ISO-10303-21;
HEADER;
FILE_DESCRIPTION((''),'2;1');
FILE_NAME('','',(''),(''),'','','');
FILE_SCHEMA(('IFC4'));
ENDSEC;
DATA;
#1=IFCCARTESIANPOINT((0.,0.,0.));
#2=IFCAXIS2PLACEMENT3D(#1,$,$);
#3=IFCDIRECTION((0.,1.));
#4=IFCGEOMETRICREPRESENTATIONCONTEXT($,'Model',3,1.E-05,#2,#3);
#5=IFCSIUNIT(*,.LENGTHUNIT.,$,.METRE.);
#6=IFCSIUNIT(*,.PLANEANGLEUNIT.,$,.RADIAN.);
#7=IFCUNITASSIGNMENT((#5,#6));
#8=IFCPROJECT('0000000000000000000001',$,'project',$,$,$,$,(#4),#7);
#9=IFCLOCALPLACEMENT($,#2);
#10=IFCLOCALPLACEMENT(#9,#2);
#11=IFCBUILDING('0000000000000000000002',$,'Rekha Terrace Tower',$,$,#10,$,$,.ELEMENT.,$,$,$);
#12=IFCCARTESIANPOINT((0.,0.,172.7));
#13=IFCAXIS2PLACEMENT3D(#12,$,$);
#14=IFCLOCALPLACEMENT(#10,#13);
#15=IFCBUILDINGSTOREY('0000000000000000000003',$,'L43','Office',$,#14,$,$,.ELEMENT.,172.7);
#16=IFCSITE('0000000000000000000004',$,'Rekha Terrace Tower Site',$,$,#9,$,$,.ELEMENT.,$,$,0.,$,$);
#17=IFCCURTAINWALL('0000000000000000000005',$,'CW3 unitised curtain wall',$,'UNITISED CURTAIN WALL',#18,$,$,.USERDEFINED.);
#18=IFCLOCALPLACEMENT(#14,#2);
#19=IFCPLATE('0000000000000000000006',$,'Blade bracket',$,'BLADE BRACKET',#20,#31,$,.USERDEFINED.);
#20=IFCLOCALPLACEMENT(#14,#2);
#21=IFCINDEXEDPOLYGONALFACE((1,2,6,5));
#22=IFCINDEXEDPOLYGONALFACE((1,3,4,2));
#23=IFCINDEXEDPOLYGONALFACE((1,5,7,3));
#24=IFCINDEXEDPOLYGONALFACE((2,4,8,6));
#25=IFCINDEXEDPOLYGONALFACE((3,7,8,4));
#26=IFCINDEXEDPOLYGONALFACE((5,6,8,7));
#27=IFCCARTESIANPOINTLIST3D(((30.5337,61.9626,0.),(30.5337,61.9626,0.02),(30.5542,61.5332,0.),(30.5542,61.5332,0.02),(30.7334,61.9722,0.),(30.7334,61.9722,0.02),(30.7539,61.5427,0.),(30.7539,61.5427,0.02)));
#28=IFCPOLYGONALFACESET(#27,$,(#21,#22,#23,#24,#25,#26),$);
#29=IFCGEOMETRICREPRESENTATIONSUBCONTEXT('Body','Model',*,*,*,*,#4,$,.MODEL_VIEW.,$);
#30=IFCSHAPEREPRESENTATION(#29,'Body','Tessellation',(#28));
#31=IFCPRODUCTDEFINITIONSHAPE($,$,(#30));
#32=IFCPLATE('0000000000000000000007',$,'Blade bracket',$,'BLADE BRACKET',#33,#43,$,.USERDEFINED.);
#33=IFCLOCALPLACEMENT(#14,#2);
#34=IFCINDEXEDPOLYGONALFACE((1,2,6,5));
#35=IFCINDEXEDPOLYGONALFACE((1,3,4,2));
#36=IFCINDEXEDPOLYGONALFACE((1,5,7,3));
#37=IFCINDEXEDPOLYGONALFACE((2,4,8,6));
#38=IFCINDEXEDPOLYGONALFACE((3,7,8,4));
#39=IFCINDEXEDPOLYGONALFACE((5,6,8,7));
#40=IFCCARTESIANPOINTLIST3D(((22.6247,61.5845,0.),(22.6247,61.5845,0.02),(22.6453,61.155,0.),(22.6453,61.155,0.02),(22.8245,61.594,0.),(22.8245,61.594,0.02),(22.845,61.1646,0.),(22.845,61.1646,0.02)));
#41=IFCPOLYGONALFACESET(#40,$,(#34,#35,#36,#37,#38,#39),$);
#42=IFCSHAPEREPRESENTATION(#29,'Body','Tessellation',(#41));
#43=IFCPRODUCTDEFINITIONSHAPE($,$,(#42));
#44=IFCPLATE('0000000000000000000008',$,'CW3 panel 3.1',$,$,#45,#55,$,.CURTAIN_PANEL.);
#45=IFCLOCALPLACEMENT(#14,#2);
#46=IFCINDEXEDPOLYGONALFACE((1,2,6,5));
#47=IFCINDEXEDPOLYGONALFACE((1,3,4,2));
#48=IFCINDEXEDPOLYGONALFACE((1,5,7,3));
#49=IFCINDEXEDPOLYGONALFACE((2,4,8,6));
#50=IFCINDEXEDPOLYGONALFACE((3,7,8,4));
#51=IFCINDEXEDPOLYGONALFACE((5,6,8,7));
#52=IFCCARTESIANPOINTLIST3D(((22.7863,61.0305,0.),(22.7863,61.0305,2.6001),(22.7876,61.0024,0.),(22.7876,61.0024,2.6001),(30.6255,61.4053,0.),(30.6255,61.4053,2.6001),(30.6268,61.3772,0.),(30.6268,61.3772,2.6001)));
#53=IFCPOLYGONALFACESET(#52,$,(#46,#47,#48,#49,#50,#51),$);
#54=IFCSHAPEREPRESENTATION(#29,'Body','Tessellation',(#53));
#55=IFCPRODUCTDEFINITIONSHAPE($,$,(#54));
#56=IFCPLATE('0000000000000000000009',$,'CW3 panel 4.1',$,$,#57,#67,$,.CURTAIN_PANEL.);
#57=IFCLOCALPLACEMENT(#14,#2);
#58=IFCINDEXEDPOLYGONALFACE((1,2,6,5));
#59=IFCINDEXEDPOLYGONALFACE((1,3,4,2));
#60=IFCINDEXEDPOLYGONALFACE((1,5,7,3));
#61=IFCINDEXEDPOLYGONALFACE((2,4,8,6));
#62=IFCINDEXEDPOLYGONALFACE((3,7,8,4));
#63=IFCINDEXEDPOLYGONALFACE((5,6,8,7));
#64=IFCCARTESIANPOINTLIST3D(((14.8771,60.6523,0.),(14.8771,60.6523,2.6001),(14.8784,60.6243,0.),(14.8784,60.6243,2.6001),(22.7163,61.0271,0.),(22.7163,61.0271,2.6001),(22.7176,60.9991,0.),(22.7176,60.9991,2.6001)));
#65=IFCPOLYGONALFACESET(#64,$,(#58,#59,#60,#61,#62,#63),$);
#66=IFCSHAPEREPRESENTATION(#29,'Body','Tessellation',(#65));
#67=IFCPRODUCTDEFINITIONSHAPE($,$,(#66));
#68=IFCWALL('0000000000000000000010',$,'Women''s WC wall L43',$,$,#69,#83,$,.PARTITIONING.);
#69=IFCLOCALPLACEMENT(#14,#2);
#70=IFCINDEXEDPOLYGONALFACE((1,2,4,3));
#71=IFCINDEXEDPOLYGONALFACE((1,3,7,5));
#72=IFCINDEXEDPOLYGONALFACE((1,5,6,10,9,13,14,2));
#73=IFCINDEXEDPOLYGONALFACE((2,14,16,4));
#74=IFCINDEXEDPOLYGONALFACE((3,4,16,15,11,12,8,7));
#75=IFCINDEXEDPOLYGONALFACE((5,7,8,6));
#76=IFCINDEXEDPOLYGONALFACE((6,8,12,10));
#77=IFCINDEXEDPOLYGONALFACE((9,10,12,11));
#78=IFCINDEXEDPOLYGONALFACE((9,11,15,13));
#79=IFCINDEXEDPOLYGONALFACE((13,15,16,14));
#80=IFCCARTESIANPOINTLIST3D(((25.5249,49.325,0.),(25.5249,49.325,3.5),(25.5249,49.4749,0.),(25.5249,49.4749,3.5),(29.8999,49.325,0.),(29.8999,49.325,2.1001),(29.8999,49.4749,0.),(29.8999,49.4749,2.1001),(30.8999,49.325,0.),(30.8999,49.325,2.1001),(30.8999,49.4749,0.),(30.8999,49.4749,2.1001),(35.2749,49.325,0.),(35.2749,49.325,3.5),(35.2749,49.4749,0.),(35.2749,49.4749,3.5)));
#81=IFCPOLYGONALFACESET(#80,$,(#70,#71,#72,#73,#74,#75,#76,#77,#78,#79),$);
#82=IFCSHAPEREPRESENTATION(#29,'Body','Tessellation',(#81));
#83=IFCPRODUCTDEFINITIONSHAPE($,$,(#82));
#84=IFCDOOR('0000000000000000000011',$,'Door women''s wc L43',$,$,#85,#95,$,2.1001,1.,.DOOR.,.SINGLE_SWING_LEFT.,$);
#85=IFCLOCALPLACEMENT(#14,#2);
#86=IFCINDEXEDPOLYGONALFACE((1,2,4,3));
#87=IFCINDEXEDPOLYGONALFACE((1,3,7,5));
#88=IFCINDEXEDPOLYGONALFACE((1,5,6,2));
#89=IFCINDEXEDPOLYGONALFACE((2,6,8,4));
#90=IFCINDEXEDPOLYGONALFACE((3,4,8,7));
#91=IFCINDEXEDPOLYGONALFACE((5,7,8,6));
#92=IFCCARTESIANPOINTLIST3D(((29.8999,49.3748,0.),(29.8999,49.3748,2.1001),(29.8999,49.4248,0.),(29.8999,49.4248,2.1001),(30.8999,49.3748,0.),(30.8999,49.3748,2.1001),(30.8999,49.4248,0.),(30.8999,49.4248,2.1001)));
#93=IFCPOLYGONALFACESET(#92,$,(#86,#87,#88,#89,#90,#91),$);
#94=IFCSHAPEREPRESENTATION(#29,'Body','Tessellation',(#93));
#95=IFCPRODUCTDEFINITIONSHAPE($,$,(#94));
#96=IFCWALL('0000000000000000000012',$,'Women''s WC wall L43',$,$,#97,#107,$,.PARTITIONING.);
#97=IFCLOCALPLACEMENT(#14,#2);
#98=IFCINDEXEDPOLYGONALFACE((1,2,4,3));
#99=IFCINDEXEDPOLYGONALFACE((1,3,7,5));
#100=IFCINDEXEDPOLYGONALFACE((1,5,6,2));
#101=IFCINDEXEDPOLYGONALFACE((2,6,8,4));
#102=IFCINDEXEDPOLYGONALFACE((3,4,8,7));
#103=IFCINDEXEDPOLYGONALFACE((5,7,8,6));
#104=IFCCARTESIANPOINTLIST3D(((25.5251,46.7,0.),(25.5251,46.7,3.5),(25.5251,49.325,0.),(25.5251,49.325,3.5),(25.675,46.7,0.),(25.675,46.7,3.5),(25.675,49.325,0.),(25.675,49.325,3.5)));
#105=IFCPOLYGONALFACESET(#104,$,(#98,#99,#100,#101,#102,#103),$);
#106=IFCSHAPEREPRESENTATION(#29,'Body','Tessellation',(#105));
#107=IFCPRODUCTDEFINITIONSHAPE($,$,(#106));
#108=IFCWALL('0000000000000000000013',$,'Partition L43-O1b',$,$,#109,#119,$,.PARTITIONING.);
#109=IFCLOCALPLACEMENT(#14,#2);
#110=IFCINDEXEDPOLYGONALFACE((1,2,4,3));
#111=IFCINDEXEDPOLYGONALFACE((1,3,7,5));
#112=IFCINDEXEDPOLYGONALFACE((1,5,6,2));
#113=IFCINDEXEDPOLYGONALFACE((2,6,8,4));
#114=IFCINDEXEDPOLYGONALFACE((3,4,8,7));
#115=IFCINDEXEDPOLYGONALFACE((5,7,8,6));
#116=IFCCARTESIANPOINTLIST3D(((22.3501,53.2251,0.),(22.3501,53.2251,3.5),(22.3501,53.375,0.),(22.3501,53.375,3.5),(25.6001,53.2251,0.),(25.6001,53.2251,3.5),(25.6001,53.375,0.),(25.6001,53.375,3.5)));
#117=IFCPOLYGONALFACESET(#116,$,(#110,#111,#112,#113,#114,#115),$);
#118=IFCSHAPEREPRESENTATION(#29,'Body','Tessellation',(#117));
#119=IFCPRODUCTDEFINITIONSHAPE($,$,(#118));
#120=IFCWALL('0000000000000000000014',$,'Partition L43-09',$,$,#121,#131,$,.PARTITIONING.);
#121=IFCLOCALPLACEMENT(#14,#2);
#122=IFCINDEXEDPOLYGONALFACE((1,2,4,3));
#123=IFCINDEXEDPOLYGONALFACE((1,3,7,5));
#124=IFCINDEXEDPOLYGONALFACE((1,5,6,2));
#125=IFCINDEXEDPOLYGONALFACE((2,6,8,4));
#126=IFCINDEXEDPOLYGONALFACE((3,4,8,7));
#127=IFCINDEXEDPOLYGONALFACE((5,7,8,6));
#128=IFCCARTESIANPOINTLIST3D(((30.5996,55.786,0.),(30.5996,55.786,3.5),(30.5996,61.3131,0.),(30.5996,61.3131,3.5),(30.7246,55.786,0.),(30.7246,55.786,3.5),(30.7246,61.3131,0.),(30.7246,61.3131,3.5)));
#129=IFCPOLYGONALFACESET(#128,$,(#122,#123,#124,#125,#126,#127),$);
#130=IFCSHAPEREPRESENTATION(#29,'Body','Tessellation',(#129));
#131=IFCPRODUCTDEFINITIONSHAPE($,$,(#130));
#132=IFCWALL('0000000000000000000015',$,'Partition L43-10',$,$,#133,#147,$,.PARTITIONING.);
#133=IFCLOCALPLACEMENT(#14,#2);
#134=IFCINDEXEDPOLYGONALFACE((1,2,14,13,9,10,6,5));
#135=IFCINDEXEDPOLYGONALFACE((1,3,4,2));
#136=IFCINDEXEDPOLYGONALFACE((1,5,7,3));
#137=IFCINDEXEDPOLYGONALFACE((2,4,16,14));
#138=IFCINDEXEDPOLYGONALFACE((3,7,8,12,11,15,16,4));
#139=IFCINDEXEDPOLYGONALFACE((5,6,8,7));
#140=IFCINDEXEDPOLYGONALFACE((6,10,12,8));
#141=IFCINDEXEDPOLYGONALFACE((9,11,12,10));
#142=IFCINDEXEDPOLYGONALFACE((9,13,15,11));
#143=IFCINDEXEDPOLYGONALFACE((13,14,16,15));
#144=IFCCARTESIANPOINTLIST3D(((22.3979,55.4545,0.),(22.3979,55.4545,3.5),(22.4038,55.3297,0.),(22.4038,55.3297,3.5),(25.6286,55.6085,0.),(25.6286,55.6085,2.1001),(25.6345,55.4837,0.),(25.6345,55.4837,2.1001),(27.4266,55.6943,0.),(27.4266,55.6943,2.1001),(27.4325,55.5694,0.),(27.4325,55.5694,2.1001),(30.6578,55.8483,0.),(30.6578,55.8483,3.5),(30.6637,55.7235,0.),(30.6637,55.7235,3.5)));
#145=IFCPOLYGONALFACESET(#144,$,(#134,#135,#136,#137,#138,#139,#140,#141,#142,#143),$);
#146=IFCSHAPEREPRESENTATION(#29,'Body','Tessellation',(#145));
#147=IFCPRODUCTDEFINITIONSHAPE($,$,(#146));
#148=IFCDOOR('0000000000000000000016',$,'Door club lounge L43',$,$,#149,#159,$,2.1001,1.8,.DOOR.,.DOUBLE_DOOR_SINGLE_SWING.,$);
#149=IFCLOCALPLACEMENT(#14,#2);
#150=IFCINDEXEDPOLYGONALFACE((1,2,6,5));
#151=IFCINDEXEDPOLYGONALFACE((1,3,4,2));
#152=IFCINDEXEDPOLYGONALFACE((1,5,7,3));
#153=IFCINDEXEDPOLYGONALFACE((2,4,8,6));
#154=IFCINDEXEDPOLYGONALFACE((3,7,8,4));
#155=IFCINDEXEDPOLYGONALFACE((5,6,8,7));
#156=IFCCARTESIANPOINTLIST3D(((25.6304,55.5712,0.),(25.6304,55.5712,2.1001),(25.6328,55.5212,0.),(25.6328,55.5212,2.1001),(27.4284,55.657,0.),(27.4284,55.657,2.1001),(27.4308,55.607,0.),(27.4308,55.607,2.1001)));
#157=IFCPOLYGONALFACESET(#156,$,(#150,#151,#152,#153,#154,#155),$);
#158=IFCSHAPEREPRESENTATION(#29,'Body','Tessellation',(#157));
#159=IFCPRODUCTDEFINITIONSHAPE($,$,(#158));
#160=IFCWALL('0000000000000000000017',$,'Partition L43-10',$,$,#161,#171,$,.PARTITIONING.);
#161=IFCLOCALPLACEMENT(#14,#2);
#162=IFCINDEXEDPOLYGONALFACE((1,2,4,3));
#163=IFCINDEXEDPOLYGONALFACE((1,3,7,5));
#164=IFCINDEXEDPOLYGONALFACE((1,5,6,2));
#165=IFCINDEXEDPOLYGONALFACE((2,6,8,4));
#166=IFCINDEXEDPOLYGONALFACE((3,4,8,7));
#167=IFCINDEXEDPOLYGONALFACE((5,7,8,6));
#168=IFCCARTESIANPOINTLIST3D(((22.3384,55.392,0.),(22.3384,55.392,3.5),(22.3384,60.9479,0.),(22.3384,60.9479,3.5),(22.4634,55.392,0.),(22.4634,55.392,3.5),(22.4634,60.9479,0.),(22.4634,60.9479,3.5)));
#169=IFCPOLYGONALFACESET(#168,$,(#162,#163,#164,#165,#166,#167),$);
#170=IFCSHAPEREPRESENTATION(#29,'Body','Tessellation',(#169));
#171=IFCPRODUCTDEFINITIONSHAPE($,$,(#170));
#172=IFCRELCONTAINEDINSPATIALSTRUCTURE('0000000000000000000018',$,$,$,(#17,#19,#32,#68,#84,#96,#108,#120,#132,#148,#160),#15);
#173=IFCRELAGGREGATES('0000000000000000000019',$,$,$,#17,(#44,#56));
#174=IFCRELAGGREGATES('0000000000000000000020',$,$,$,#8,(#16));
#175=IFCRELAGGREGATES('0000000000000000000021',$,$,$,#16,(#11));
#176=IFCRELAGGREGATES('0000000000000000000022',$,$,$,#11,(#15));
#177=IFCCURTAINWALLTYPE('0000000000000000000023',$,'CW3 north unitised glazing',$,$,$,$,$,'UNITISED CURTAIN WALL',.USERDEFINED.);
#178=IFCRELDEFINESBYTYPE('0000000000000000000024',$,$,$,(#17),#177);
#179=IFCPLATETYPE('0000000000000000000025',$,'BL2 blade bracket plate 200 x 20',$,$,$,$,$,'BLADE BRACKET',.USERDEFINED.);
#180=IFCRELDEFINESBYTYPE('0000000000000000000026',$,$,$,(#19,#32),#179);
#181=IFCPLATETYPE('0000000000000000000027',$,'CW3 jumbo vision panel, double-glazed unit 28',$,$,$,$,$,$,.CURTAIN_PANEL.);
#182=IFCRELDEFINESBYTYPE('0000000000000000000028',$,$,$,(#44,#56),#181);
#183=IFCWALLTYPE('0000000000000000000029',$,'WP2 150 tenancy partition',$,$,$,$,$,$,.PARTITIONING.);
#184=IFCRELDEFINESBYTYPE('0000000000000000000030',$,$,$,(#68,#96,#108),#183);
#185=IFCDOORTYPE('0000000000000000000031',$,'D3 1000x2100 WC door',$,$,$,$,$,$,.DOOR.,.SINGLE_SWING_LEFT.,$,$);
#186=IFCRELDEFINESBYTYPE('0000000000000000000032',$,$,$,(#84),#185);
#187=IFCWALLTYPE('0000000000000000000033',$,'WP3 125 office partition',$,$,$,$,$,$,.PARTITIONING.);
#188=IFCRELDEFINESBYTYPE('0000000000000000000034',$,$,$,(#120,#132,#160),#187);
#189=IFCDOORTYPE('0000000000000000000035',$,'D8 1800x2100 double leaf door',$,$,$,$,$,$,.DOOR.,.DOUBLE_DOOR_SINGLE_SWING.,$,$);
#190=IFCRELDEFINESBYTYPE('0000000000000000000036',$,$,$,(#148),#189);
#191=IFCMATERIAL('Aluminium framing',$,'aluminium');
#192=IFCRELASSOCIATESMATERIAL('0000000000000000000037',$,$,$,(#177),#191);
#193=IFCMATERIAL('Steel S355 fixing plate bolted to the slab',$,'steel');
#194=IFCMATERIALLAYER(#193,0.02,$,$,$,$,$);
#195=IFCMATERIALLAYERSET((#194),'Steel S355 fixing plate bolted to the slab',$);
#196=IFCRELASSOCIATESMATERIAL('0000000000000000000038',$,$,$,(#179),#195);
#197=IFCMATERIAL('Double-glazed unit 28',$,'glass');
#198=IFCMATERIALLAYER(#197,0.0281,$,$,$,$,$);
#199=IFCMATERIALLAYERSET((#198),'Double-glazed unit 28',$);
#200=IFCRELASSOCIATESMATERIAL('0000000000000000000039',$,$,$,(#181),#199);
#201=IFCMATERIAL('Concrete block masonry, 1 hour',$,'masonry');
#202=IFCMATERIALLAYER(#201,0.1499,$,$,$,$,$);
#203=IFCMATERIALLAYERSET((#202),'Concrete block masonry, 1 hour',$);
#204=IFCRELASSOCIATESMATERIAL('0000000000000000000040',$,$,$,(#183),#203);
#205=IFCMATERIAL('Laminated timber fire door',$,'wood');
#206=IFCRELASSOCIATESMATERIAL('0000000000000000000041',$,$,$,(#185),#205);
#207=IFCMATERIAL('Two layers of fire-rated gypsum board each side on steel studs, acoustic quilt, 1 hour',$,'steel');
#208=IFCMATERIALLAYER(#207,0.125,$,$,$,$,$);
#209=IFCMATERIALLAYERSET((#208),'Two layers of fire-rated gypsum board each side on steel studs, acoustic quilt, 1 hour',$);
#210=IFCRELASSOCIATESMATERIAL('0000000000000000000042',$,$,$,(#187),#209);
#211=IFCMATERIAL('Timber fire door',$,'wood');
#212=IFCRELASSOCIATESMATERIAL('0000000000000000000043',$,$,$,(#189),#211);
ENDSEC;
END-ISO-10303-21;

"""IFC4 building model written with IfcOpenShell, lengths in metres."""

from ifc_helpers import new_model, si_unit, direction, frame, frame_2d, origin, origin_2d, place, context, subcontext, project, spatial, rectangle, extrude, material, layer, layer_set, type_object, element, fill, aggregate, save


model = new_model("IFC4")

# Units and contexts
model_context = context("Model", 3, precision=1e-05, world=origin(), true_north=direction((0.0, 1.0)))
body_context = subcontext(model_context, "Body", "Model", "MODEL_VIEW")
ifc_project = project(units=[si_unit("LENGTHUNIT", "METRE"), si_unit("PLANEANGLEUNIT", "RADIAN")], contexts=[model_context])

# Site, building, storey
site_placement = place(None, origin())
site = spatial("IfcSite", under=ifc_project, at=site_placement, Name="Rekha Terrace Tower Site", CompositionType="ELEMENT", RefElevation=0.0)
building_placement = place(site_placement, origin())
building = spatial("IfcBuilding", under=site, at=building_placement, Name="Rekha Terrace Tower", CompositionType="ELEMENT")
storey_placement = place(building_placement, frame((0.0, 0.0, 172.7)))
storey = spatial("IfcBuildingStorey", under=building, at=storey_placement, Name="L43", Description="Office", CompositionType="ELEMENT", Elevation=172.7)

# Curtain wall
ifc_material_1 = material(Name="Aluminium framing", Category="aluminium")
curtain_wall_type = type_object("IfcCurtainWallType", Name="CW3 north unitised glazing", ElementType="UNITISED CURTAIN WALL", PredefinedType="USERDEFINED", material=ifc_material_1)
curtain_wall_placement = place(storey_placement, origin())
curtain_wall = element("IfcCurtainWall", 1, at=curtain_wall_placement, inside=storey, type_object=curtain_wall_type, Name="CW3 unitised curtain wall", ObjectType="UNITISED CURTAIN WALL", PredefinedType="USERDEFINED")

# Plates
ifc_material_2 = material(Name="Steel S355 fixing plate bolted to the slab", Category="steel")
ifc_layer_1 = layer(ifc_material_2, 0.02)
ifc_layer_set_1 = layer_set([ifc_layer_1], Name="Steel S355 fixing plate bolted to the slab")
plate_type_1 = type_object("IfcPlateType", Name="BL2 blade bracket plate 200 x 20", ElementType="BLADE BRACKET", PredefinedType="USERDEFINED", material=ifc_layer_set_1)
for number, where, z_axis, x_axis, name in (
    (2, (30.6438, 61.7527, 0.0), (0.0, 0.0, 1.0), (-0.047758, 0.998859, 0.0), "Blade bracket"),
    (3, (22.7349, 61.3745, 0.0), (0.0, 0.0, 1.0), (-0.047758, 0.998859, 0.0), "Blade bracket"),
):
    element("IfcPlate", number, at=place(storey_placement, frame(where, z_axis=z_axis, x_axis=x_axis)), inside=storey, type_object=plate_type_1, Name=name, ObjectType="BLADE BRACKET", PredefinedType="USERDEFINED", context=body_context, shape_type="SweptSolid", body=[
        extrude(rectangle(XDim=0.4299, YDim=0.2, at=origin_2d()), origin(), (0.0, 0.0, 1.0), 0.02),
    ])

# Plates
ifc_material_3 = material(Name="Double-glazed unit 28", Category="glass")
ifc_layer_2 = layer(ifc_material_3, 0.0281)
ifc_layer_set_2 = layer_set([ifc_layer_2], Name="Double-glazed unit 28")
plate_type_2 = type_object("IfcPlateType", Name="CW3 jumbo vision panel, double-glazed unit 28", PredefinedType="CURTAIN_PANEL", material=ifc_layer_set_2)
plate_1_placement = place(storey_placement, frame((26.7065, 61.2039, 0.0), z_axis=(0.0, 0.0, 1.0), x_axis=(-0.998859, -0.047759, 0.0)))
plate_1 = element("IfcPlate", 4, at=plate_1_placement, type_object=plate_type_2, Name="CW3 panel 3.1", PredefinedType="CURTAIN_PANEL", context=body_context, shape_type="SweptSolid", body=[
    extrude(rectangle(XDim=7.8481, YDim=0.0281, at=origin_2d()), origin(), (0.0, 0.0, 1.0), 2.6001),
])
plate_2_placement = place(storey_placement, frame((18.7974, 60.8257, 0.0), z_axis=(0.0, 0.0, 1.0), x_axis=(-0.998859, -0.047759, 0.0)))
plate_2 = element("IfcPlate", 5, at=plate_2_placement, type_object=plate_type_2, Name="CW3 panel 4.1", PredefinedType="CURTAIN_PANEL", context=body_context, shape_type="SweptSolid", body=[
    extrude(rectangle(XDim=7.8481, YDim=0.0281, at=origin_2d()), origin(), (0.0, 0.0, 1.0), 2.6001),
])
aggregate(curtain_wall, [plate_1, plate_2])

# Wall, opening, door
ifc_material_4 = material(Name="Concrete block masonry, 1 hour", Category="masonry")
ifc_layer_3 = layer(ifc_material_4, 0.1499)
ifc_layer_set_3 = layer_set([ifc_layer_3], Name="Concrete block masonry, 1 hour")
wall_type_1 = type_object("IfcWallType", Name="WP2 150 tenancy partition", PredefinedType="PARTITIONING", material=ifc_layer_set_3)
wall_1_placement = place(storey_placement, frame((25.5249, 49.3999, 0.0), z_axis=(0.0, 0.0, 1.0), x_axis=(1.0, 0.0, 0.0)))
wall_1 = element("IfcWall", 6, at=wall_1_placement, inside=storey, type_object=wall_type_1, Name="Women's WC wall L43", PredefinedType="PARTITIONING", context=body_context, shape_type="SweptSolid", body=[
    extrude(rectangle(XDim=9.75, YDim=0.1499, at=frame_2d((4.875, 0.0))), origin(), (0.0, 0.0, 1.0), 3.5),
])
opening_1_placement = place(wall_1_placement, frame((4.375, 0.0, 0.0)))
opening_1 = element("IfcOpeningElement", 7, at=opening_1_placement, cuts=wall_1, PredefinedType="OPENING", context=body_context, shape_type="SweptSolid", body=[
    extrude(rectangle(XDim=1.0, YDim=2.1001, at=frame_2d((0.5, 1.05))), frame((0.0, 0.085, 0.0), z_axis=(0.0, -1.0, 0.0), x_axis=(1.0, 0.0, 0.0)), (0.0, 0.0, 1.0), 0.1699),
])
ifc_material_5 = material(Name="Laminated timber fire door", Category="wood")
door_type_1 = type_object("IfcDoorType", Name="D3 1000x2100 WC door", OperationType="SINGLE_SWING_LEFT", PredefinedType="DOOR", material=ifc_material_5)
door_1_placement = place(opening_1_placement, origin())
door_1 = element("IfcDoor", 8, at=door_1_placement, inside=storey, type_object=door_type_1, Name="Door women's wc L43", OperationType="SINGLE_SWING_LEFT", OverallHeight=2.1001, OverallWidth=1.0, PredefinedType="DOOR", context=body_context, shape_type="SweptSolid", body=[
    extrude(rectangle(XDim=1.0, YDim=2.1001, at=frame_2d((0.5, 1.05))), frame((0.0, 0.0249, 0.0), z_axis=(0.0, -1.0, 0.0), x_axis=(1.0, 0.0, 0.0)), (0.0, 0.0, 1.0), 0.05),
])
fill(opening_1, door_1)

# Walls
wall_2_placement = place(storey_placement, frame((25.6001, 46.7, 0.0), z_axis=(0.0, 0.0, 1.0), x_axis=(0.0, 1.0, 0.0)))
element("IfcWall", 9, at=wall_2_placement, inside=storey, type_object=wall_type_1, Name="Women's WC wall L43", PredefinedType="PARTITIONING", context=body_context, shape_type="SweptSolid", body=[
    extrude(rectangle(XDim=2.625, YDim=0.1499, at=frame_2d((1.3125, 0.0))), origin(), (0.0, 0.0, 1.0), 3.5),
])
wall_3_placement = place(storey_placement, frame((25.6001, 53.3, 0.0), z_axis=(0.0, 0.0, 1.0), x_axis=(-1.0, 0.0, 0.0)))
element("IfcWall", 10, at=wall_3_placement, inside=storey, type_object=wall_type_1, Name="Partition L43-O1b", PredefinedType="PARTITIONING", context=body_context, shape_type="SweptSolid", body=[
    extrude(rectangle(XDim=3.25, YDim=0.1499, at=frame_2d((1.625, 0.0))), origin(), (0.0, 0.0, 1.0), 3.5),
])
ifc_material_6 = material(Name="Two layers of fire-rated gypsum board each side on steel studs, acoustic quilt, 1 hour", Category="steel")
ifc_layer_4 = layer(ifc_material_6, 0.125)
ifc_layer_set_4 = layer_set([ifc_layer_4], Name="Two layers of fire-rated gypsum board each side on steel studs, acoustic quilt, 1 hour")
wall_type_2 = type_object("IfcWallType", Name="WP3 125 office partition", PredefinedType="PARTITIONING", material=ifc_layer_set_4)
wall_4_placement = place(storey_placement, frame((30.6621, 55.7859, 0.0), z_axis=(0.0, 0.0, 1.0), x_axis=(0.0, 1.0, 0.0)))
element("IfcWall", 11, at=wall_4_placement, inside=storey, type_object=wall_type_2, Name="Partition L43-09", PredefinedType="PARTITIONING", context=body_context, shape_type="SweptSolid", body=[
    extrude(rectangle(XDim=5.5271, YDim=0.125, at=frame_2d((2.7637, 0.0))), origin(), (0.0, 0.0, 1.0), 3.5),
])

# Wall, opening, door
wall_5_placement = place(storey_placement, frame((30.6609, 55.7859, 0.0), z_axis=(0.0, 0.0, 1.0), x_axis=(-0.998865, -0.047621, 0.0)))
wall_5 = element("IfcWall", 12, at=wall_5_placement, inside=storey, type_object=wall_type_2, Name="Partition L43-10", PredefinedType="PARTITIONING", context=body_context, shape_type="SweptSolid", body=[
    extrude(rectangle(XDim=8.2693, YDim=0.125, at=frame_2d((4.1348, 0.0))), origin(), (0.0, 0.0, 1.0), 3.5),
])
opening_2_placement = place(wall_5_placement, frame((3.2351, 0.0, 0.0)))
opening_2 = element("IfcOpeningElement", 13, at=opening_2_placement, cuts=wall_5, PredefinedType="OPENING", context=body_context, shape_type="SweptSolid", body=[
    extrude(rectangle(XDim=1.8, YDim=2.1001, at=frame_2d((0.8999, 1.05))), frame((0.0, 0.0725, 0.0), z_axis=(0.0, -1.0, 0.0), x_axis=(1.0, 0.0, 0.0)), (0.0, 0.0, 1.0), 0.145),
])
ifc_material_7 = material(Name="Timber fire door", Category="wood")
door_type_2 = type_object("IfcDoorType", Name="D8 1800x2100 double leaf door", OperationType="DOUBLE_DOOR_SINGLE_SWING", PredefinedType="DOOR", material=ifc_material_7)
door_2_placement = place(opening_2_placement, origin())
door_2 = element("IfcDoor", 14, at=door_2_placement, inside=storey, type_object=door_type_2, Name="Door club lounge L43", OperationType="DOUBLE_DOOR_SINGLE_SWING", OverallHeight=2.1001, OverallWidth=1.8, PredefinedType="DOOR", context=body_context, shape_type="SweptSolid", body=[
    extrude(rectangle(XDim=1.8, YDim=2.1001, at=frame_2d((0.8999, 1.05))), frame((0.0, 0.0249, 0.0), z_axis=(0.0, -1.0, 0.0), x_axis=(1.0, 0.0, 0.0)), (0.0, 0.0, 1.0), 0.05),
])
fill(opening_2, door_2)

# Wall
wall_6_placement = place(storey_placement, frame((22.4009, 55.3921, 0.0), z_axis=(0.0, 0.0, 1.0), x_axis=(0.0, 1.0, 0.0)))
element("IfcWall", 15, at=wall_6_placement, inside=storey, type_object=wall_type_2, Name="Partition L43-10", PredefinedType="PARTITIONING", context=body_context, shape_type="SweptSolid", body=[
    extrude(rectangle(XDim=5.5559, YDim=0.125, at=frame_2d((2.7778, 0.0))), origin(), (0.0, 0.0, 1.0), 3.5),
])

save(model, "model.ifc")
